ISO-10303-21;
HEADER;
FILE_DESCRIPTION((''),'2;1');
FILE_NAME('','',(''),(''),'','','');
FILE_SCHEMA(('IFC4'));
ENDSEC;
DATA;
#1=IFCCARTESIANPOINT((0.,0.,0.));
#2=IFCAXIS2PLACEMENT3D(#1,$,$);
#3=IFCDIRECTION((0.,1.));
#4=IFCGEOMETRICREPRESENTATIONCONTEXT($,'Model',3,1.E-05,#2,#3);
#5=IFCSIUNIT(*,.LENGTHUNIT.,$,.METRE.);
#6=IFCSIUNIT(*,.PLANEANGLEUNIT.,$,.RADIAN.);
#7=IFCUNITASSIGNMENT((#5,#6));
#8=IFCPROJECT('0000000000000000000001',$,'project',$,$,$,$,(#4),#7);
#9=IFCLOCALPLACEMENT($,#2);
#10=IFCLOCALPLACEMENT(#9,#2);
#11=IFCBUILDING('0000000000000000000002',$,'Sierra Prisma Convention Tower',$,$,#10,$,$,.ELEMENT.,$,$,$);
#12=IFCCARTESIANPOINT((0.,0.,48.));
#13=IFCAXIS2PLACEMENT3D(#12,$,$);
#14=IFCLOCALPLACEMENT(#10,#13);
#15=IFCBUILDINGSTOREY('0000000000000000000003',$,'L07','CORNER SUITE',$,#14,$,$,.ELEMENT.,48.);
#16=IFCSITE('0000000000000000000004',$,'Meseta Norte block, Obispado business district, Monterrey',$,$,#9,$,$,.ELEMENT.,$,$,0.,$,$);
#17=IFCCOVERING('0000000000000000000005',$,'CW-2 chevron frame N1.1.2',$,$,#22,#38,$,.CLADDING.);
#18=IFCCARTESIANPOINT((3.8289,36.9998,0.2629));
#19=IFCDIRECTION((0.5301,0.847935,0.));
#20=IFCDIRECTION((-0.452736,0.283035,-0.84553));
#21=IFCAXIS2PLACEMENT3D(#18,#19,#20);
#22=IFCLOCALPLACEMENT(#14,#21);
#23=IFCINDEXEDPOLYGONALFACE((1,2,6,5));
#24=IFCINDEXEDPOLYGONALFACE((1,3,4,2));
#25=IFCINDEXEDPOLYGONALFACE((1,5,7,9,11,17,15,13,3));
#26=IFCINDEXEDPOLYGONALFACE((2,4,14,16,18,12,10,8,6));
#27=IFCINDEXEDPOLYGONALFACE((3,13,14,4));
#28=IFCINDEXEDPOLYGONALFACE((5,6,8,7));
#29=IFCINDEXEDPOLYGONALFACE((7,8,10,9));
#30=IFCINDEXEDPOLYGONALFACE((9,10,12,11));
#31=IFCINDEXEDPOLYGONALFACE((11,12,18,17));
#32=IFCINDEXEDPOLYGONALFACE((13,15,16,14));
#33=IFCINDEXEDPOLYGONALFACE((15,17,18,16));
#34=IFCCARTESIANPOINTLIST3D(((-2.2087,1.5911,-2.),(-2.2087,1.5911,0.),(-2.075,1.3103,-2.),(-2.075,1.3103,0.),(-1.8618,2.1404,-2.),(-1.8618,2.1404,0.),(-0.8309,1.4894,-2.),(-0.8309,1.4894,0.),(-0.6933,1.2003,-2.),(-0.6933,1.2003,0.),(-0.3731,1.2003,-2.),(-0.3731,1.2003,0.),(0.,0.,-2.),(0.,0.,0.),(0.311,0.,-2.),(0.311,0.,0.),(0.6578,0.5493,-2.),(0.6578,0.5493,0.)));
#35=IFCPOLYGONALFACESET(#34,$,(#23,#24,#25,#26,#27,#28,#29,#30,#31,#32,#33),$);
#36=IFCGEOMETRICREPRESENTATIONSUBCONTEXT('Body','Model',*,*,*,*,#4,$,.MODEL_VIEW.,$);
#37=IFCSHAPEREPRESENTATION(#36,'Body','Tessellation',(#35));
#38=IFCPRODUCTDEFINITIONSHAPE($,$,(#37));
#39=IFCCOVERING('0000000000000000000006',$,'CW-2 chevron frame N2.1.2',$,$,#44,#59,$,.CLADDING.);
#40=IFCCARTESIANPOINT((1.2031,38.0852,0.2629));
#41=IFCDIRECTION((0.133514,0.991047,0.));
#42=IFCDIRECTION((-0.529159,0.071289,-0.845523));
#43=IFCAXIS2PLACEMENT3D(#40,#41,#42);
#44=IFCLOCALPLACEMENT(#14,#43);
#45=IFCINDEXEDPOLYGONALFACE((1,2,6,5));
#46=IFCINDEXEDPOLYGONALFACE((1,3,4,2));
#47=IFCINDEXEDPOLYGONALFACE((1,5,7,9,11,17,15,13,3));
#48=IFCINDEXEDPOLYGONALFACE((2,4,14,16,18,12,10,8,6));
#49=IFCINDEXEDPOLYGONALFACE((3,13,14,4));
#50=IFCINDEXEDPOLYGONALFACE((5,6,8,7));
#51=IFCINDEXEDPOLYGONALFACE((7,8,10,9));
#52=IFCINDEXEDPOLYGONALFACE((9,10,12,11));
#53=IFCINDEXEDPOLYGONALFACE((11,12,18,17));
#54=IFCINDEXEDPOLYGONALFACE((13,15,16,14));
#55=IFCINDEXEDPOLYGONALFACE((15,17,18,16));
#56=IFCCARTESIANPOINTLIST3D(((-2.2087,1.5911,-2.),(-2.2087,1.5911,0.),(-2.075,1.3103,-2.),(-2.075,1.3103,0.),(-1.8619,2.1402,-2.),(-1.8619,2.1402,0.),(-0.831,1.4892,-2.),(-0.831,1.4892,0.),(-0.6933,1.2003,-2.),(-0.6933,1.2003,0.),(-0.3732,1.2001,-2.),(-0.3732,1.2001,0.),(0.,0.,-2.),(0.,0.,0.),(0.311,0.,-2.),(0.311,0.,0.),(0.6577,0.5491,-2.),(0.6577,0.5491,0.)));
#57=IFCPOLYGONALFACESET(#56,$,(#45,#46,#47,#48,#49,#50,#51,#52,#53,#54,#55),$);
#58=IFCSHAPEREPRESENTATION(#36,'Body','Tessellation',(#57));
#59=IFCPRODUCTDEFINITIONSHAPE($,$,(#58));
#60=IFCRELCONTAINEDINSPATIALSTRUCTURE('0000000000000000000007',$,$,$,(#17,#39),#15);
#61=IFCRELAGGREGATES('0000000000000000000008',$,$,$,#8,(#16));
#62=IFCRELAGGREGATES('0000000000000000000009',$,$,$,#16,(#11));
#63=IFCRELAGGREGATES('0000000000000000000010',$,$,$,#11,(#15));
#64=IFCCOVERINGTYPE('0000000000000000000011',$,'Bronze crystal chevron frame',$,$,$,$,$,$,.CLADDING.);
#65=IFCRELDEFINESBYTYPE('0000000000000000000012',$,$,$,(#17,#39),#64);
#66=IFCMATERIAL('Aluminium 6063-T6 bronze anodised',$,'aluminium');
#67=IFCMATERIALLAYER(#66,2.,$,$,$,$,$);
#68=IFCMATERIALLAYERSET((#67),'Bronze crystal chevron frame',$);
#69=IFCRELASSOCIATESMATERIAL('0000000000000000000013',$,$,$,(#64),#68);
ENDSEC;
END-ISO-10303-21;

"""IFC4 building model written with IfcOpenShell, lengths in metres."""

from ifc_helpers import new_model, si_unit, direction, frame, origin, place, context, subcontext, project, spatial, polyline, outline, extrude, material, layer, layer_set, type_object, element, save


model = new_model("IFC4")

# Units and contexts
model_context = context("Model", 3, precision=1e-05, world=origin(), true_north=direction((0.0, 1.0)))
body_context = subcontext(model_context, "Body", "Model", "MODEL_VIEW")
ifc_project = project(units=[si_unit("LENGTHUNIT", "METRE"), si_unit("PLANEANGLEUNIT", "RADIAN")], contexts=[model_context])

# Site, building, storey
site_placement = place(None, origin())
site = spatial("IfcSite", under=ifc_project, at=site_placement, Name="Meseta Norte block, Obispado business district, Monterrey", CompositionType="ELEMENT", RefElevation=0.0)
building_placement = place(site_placement, origin())
building = spatial("IfcBuilding", under=site, at=building_placement, Name="Sierra Prisma Convention Tower", CompositionType="ELEMENT")
storey_placement = place(building_placement, frame((0.0, 0.0, 48.0)))
storey = spatial("IfcBuildingStorey", under=building, at=storey_placement, Name="L07", Description="CORNER SUITE", CompositionType="ELEMENT", Elevation=48.0)

# Coverings
ifc_material_1 = material(Name="Aluminium 6063-T6 bronze anodised", Category="aluminium")
ifc_layer_1 = layer(ifc_material_1, 2.0)
ifc_layer_set_1 = layer_set([ifc_layer_1], Name="Bronze crystal chevron frame")
covering_type = type_object("IfcCoveringType", Name="Bronze crystal chevron frame", PredefinedType="CLADDING", material=ifc_layer_set_1)
covering_1_placement = place(storey_placement, frame((3.8289, 36.9998, 0.2629), z_axis=(0.5301, 0.847935, 0.0), x_axis=(-0.452736, 0.283035, -0.84553)))
element("IfcCovering", 1, at=covering_1_placement, inside=storey, type_object=covering_type, Name="CW-2 chevron frame N1.1.2", PredefinedType="CLADDING", context=body_context, shape_type="SweptSolid", body=[
    extrude(outline(polyline([(0.0, 0.0), (0.311, 0.0), (0.6578, 0.5493), (-0.3731, 1.2003), (-0.6933, 1.2003), (-0.8309, 1.4894), (-1.8618, 2.1404), (-2.2087, 1.5911), (-2.075, 1.3103), (0.0, 0.0)])), origin(), (0.0, 0.0, -1.0), 2.0),
])
covering_2_placement = place(storey_placement, frame((1.2031, 38.0852, 0.2629), z_axis=(0.133514, 0.991047, 0.0), x_axis=(-0.529159, 0.071289, -0.845523)))
element("IfcCovering", 2, at=covering_2_placement, inside=storey, type_object=covering_type, Name="CW-2 chevron frame N2.1.2", PredefinedType="CLADDING", context=body_context, shape_type="SweptSolid", body=[
    extrude(outline(polyline([(0.0, 0.0), (0.311, 0.0), (0.6577, 0.5491), (-0.3732, 1.2001), (-0.6933, 1.2003), (-0.831, 1.4892), (-1.8619, 2.1402), (-2.2087, 1.5911), (-2.075, 1.3103), (0.0, 0.0)])), origin(), (0.0, 0.0, -1.0), 2.0),
])

save(model, "model.ifc")
